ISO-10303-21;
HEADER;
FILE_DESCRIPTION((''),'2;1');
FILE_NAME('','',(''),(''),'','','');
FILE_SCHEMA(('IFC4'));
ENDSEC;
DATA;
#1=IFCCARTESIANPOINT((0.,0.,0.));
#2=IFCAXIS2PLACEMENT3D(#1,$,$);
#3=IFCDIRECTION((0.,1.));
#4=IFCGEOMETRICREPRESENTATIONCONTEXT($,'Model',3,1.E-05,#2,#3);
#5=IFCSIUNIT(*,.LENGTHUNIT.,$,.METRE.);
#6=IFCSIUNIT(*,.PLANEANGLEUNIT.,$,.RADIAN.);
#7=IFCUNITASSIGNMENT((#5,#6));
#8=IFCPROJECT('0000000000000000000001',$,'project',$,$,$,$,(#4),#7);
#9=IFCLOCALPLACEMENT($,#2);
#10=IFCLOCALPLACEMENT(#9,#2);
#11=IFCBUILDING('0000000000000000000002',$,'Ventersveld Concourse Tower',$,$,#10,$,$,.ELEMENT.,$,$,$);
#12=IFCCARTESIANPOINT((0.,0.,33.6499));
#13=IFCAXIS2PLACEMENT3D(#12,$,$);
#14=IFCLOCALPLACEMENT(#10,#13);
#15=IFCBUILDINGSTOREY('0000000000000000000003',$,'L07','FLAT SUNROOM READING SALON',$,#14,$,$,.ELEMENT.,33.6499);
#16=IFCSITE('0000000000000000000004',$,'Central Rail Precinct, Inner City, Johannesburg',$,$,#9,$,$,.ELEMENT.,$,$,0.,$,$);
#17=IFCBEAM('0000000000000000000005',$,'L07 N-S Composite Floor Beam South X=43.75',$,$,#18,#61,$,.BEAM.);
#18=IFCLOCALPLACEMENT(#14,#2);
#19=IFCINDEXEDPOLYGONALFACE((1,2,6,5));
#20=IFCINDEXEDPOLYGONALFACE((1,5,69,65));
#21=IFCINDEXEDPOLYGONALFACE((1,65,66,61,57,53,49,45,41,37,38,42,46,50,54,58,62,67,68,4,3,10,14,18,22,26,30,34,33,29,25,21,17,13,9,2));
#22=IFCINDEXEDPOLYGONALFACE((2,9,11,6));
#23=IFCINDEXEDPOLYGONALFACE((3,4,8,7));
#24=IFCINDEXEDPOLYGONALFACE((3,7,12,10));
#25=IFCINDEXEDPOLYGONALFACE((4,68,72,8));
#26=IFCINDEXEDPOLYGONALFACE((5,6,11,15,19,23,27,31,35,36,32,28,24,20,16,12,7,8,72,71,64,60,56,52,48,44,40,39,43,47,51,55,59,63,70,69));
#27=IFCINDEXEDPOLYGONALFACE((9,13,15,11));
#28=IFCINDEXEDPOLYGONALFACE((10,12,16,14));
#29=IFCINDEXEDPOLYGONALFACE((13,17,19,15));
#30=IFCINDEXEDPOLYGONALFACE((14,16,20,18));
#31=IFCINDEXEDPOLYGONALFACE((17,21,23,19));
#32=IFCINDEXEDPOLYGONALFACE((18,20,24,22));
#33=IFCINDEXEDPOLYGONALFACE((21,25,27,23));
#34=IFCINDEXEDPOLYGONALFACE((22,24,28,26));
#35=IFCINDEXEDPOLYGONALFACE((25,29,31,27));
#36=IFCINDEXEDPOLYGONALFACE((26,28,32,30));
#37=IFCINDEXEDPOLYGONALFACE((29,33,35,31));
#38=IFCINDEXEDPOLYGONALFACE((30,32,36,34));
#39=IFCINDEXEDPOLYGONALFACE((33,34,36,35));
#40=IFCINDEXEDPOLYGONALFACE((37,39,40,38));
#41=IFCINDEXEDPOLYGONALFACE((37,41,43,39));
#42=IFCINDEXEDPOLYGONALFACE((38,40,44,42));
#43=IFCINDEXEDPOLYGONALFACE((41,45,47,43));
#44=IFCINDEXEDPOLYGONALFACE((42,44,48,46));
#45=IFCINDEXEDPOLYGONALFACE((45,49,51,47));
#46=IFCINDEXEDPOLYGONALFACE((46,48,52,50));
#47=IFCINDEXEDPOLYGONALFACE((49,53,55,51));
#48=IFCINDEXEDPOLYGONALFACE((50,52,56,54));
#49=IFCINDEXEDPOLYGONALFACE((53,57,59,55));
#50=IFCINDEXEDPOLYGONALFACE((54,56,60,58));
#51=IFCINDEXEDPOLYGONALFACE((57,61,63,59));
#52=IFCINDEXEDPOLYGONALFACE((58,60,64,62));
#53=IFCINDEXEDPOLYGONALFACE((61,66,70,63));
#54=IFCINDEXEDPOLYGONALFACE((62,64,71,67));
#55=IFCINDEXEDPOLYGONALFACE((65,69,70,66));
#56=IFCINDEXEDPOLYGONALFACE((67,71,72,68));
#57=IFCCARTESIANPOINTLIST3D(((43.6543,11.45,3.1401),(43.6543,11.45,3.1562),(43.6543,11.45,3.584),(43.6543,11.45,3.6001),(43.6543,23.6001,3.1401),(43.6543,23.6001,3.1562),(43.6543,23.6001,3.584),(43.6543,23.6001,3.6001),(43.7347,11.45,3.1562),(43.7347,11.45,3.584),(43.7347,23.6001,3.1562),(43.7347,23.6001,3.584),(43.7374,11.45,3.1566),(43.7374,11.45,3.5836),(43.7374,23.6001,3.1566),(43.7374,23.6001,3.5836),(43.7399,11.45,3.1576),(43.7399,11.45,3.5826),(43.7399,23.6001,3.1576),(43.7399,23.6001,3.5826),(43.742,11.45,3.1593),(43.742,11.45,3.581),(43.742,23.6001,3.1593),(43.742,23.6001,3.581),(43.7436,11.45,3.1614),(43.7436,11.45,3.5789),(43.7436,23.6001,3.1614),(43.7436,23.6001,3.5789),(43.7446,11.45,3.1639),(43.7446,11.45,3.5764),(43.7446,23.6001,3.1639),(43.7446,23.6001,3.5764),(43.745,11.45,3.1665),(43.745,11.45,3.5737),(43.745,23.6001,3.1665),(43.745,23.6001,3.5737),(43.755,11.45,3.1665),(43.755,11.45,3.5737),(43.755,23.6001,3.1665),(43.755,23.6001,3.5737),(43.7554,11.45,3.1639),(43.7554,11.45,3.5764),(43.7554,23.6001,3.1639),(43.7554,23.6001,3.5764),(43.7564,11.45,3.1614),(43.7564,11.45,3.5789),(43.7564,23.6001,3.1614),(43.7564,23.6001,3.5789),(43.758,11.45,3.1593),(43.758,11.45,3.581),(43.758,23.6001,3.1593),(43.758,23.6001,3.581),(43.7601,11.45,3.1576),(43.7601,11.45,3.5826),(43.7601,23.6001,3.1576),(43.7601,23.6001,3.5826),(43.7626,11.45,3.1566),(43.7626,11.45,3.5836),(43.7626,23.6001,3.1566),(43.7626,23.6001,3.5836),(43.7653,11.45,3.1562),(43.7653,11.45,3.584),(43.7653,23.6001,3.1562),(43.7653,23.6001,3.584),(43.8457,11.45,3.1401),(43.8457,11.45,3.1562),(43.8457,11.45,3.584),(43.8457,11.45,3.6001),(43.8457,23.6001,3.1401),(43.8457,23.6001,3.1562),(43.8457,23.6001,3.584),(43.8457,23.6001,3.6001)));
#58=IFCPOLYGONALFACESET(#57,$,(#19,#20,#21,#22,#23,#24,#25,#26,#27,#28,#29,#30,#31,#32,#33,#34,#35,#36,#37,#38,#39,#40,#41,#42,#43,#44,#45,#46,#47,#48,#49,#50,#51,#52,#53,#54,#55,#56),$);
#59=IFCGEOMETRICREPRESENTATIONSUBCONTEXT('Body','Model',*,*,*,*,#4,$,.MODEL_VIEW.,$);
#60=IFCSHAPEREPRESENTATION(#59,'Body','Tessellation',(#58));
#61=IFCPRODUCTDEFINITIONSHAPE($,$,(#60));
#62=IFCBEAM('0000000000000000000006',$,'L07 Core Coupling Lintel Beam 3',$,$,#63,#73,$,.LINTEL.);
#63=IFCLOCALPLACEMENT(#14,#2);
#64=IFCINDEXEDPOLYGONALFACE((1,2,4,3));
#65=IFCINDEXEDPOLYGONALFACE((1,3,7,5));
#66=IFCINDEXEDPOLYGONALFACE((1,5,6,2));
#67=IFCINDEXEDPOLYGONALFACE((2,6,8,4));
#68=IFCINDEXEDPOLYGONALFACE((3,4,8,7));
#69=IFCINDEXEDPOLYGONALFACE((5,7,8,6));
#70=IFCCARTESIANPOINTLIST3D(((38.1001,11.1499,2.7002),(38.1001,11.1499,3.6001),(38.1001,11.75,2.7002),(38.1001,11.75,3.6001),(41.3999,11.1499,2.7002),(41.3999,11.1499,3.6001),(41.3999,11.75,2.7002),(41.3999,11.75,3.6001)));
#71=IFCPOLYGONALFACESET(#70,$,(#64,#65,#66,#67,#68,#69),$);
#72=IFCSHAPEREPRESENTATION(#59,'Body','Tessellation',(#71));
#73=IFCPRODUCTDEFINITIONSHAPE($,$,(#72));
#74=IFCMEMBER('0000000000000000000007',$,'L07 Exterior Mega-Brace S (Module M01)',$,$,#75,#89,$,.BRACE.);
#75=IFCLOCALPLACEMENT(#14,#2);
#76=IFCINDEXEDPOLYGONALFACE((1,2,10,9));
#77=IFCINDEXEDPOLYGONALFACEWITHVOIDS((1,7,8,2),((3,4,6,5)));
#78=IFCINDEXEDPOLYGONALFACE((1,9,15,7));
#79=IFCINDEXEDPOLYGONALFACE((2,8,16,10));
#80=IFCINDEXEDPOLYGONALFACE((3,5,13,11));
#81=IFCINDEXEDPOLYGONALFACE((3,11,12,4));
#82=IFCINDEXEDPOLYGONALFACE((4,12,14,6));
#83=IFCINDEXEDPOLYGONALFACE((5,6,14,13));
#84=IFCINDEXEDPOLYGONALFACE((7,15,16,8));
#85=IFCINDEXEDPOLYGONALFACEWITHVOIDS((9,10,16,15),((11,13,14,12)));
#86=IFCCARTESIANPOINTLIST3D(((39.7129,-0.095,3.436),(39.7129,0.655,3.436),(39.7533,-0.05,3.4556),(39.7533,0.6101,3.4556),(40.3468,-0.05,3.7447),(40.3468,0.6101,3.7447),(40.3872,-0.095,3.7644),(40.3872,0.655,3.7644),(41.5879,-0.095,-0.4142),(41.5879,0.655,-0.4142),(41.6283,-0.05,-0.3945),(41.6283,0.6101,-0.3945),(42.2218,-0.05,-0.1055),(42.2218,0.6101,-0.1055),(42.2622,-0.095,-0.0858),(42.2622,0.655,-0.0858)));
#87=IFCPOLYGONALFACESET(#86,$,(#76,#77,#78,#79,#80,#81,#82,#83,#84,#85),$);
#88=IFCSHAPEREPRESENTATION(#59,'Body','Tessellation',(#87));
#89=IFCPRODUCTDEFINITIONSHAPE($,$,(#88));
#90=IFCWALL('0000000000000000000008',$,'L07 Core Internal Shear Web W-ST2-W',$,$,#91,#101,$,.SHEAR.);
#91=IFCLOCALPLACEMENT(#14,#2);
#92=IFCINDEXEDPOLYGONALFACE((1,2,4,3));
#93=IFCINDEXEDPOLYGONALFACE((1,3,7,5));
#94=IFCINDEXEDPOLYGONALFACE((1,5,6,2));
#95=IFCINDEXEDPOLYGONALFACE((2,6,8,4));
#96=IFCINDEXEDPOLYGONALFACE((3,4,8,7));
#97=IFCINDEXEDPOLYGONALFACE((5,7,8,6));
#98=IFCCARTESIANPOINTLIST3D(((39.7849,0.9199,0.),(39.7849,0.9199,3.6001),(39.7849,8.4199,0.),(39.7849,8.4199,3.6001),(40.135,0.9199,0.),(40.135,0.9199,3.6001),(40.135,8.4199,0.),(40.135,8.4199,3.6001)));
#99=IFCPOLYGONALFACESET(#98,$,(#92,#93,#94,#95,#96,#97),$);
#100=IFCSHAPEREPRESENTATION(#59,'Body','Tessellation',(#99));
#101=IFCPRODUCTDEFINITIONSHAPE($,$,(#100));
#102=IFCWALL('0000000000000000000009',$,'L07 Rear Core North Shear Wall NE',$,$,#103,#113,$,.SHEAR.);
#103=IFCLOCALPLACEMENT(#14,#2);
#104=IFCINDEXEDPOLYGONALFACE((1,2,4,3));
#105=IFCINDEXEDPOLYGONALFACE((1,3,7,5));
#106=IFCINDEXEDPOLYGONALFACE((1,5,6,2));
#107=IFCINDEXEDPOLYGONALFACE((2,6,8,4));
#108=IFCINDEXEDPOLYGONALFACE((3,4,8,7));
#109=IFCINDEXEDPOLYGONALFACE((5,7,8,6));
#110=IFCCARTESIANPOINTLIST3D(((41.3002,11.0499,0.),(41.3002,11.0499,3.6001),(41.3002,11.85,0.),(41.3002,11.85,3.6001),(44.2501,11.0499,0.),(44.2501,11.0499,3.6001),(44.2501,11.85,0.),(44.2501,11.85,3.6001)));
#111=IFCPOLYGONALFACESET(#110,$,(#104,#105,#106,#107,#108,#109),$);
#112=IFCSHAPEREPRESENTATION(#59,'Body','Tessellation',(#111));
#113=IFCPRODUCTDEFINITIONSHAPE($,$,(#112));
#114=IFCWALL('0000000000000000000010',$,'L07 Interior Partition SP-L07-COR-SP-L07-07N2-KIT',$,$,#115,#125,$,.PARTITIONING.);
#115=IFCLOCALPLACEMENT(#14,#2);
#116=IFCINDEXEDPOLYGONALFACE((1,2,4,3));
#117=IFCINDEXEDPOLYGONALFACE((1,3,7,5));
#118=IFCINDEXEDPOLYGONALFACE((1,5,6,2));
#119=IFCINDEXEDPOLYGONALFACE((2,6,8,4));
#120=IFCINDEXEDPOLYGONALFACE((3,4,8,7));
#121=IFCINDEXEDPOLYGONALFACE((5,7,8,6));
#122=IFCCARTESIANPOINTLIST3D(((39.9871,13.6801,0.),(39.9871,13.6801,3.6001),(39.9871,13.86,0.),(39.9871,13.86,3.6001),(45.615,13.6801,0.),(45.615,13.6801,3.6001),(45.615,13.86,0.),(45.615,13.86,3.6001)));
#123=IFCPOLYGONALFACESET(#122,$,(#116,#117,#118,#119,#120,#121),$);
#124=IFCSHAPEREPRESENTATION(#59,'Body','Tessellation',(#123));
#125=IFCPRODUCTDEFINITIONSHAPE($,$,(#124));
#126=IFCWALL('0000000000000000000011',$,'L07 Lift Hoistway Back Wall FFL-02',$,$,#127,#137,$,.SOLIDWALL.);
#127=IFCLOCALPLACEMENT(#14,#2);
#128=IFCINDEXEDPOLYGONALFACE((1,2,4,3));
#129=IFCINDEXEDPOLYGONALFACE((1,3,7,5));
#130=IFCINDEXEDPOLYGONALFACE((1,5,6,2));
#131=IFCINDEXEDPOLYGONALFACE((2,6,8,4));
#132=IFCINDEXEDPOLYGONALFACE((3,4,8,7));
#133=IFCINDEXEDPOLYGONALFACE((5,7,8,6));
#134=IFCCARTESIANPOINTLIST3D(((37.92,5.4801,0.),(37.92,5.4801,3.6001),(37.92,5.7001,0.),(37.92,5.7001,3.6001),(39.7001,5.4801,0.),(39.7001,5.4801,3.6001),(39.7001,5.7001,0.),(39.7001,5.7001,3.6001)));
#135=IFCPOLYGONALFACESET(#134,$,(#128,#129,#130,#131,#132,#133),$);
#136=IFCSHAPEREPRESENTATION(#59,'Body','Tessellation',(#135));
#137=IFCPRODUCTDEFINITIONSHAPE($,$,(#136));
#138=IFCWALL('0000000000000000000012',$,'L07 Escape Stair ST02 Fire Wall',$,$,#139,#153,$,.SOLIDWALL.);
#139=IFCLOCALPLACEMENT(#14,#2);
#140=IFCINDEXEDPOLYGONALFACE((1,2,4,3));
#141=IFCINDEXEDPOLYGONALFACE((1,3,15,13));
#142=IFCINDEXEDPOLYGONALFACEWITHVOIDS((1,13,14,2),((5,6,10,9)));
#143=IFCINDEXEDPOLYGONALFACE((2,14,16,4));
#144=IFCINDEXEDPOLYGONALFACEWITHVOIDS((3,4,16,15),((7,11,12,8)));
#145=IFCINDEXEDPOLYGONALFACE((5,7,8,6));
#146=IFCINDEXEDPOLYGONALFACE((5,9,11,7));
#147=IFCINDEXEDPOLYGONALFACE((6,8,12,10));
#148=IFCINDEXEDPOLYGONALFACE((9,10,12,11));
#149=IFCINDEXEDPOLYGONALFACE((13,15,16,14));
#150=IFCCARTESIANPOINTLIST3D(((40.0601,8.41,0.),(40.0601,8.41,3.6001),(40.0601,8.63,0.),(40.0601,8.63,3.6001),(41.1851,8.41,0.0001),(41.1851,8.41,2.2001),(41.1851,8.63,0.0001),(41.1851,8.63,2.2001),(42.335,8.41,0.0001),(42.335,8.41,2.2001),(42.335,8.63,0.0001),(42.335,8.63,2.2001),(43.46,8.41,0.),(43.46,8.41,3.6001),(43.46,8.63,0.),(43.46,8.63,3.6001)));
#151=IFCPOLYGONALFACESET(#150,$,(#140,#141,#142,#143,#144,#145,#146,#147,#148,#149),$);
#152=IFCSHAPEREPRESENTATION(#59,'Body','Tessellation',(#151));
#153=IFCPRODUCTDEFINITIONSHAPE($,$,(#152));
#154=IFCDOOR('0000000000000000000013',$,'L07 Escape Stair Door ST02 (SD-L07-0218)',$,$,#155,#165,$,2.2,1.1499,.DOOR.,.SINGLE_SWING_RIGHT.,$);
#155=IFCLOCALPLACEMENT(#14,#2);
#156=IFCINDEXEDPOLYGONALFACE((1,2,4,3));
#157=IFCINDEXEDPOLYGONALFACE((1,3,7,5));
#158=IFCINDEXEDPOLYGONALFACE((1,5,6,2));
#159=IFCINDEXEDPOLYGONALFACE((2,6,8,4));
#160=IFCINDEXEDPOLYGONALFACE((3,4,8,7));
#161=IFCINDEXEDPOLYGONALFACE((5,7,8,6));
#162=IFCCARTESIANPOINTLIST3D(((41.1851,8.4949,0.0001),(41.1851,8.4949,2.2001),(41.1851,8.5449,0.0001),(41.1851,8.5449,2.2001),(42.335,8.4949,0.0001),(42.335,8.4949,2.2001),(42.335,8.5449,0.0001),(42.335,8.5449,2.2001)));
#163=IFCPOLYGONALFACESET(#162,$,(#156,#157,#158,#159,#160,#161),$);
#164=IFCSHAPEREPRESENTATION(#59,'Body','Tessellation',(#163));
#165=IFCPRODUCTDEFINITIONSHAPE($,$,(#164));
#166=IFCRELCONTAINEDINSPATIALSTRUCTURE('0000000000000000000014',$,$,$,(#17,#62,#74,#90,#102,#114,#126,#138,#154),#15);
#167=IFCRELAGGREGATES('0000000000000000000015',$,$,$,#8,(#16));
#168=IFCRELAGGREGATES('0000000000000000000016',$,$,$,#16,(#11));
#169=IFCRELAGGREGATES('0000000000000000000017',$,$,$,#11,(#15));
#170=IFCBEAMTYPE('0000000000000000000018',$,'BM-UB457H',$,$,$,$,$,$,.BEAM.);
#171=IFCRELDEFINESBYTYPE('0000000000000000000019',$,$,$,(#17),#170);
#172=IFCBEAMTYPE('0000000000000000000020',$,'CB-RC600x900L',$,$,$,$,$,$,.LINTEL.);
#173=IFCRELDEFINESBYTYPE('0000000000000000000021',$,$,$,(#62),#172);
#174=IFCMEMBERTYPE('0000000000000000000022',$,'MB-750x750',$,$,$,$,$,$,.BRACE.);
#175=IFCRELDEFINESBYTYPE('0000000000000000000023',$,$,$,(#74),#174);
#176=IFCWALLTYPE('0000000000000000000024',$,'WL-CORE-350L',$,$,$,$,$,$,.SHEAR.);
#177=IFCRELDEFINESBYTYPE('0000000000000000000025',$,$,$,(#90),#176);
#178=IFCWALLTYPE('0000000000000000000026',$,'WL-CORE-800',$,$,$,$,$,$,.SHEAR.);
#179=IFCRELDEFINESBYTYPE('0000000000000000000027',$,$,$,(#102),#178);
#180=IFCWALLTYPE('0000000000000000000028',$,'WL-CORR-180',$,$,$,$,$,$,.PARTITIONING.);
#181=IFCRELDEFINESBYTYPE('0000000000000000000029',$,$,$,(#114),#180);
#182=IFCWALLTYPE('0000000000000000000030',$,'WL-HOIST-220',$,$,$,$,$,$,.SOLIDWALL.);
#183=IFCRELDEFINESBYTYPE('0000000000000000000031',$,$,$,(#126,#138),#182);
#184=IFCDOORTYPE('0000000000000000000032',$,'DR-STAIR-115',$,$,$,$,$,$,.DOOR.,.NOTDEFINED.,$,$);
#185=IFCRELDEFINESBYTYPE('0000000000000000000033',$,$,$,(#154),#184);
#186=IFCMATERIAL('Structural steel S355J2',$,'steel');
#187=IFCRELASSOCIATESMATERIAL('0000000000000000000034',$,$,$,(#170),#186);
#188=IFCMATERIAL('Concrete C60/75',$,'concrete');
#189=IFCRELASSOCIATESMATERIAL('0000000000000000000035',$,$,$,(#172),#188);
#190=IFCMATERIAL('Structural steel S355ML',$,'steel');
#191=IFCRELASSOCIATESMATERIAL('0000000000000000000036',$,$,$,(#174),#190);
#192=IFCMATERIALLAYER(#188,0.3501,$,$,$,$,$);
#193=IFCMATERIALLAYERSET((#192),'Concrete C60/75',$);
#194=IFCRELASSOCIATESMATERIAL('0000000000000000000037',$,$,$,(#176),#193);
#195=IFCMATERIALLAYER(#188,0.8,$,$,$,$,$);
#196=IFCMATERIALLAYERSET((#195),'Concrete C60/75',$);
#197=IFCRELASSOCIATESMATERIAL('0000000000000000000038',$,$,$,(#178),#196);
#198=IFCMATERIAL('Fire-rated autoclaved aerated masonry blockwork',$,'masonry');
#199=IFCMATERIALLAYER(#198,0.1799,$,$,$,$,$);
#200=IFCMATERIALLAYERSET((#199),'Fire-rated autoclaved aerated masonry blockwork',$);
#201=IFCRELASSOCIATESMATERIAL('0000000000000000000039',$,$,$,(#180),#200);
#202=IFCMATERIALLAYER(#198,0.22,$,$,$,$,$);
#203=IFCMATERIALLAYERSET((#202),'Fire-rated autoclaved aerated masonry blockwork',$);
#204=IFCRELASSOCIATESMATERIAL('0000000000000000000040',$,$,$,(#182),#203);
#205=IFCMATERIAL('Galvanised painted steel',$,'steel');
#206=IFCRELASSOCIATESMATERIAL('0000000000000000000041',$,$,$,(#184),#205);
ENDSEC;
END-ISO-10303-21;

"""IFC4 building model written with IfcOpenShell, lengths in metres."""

from ifc_helpers import new_model, si_unit, direction, frame, frame_2d, origin, origin_2d, place, context, subcontext, project, spatial, rectangle, hollow_rectangle, i_section, extrude, material, layer, layer_set, material_profile, profile_set, type_object, element, fill, save


model = new_model("IFC4")

# Units and contexts
model_context = context("Model", 3, precision=1e-05, world=origin(), true_north=direction((0.0, 1.0)))
body_context = subcontext(model_context, "Body", "Model", "MODEL_VIEW")
ifc_project = project(units=[si_unit("LENGTHUNIT", "METRE"), si_unit("PLANEANGLEUNIT", "RADIAN")], contexts=[model_context])

# Site, building, storey
site_placement = place(None, origin())
site = spatial("IfcSite", under=ifc_project, at=site_placement, Name="Central Rail Precinct, Inner City, Johannesburg", CompositionType="ELEMENT", RefElevation=0.0)
building_placement = place(site_placement, origin())
building = spatial("IfcBuilding", under=site, at=building_placement, Name="Ventersveld Concourse Tower", CompositionType="ELEMENT")
storey_placement = place(building_placement, frame((0.0, 0.0, 33.6499)))
storey = spatial("IfcBuildingStorey", under=building, at=storey_placement, Name="L07", Description="FLAT SUNROOM READING SALON", CompositionType="ELEMENT", Elevation=33.6499)

# Beams
ifc_material_1 = material(Name="Structural steel S355J2", Category="steel")
ifc_material_profile_1 = material_profile(ifc_material_1, i_section(OverallWidth=0.1914, OverallDepth=0.46, WebThickness=0.01, FlangeThickness=0.0161, FilletRadius=0.0103, at=origin_2d()), Name="UB 457x191x82")
ifc_profile_set_1 = profile_set([ifc_material_profile_1], Name="Structural steel S355J2")
beam_type_1 = type_object("IfcBeamType", Name="BM-UB457H", PredefinedType="BEAM", material=ifc_profile_set_1)
beam_1_placement = place(storey_placement, frame((43.75, 11.45, 3.3701), z_axis=(0.0, 1.0, 0.0), x_axis=(-1.0, 0.0, 0.0)))
element("IfcBeam", 1, at=beam_1_placement, inside=storey, type_object=beam_type_1, Name="L07 N-S Composite Floor Beam South X=43.75", PredefinedType="BEAM", context=body_context, shape_type="SweptSolid", body=[
    extrude(i_section(OverallWidth=0.1914, OverallDepth=0.46, WebThickness=0.01, FlangeThickness=0.0161, FilletRadius=0.0103, at=origin_2d()), origin(), (0.0, 0.0, 1.0), 12.1501),
])
ifc_material_2 = material(Name="Concrete C60/75", Category="concrete")
ifc_material_profile_2 = material_profile(ifc_material_2, rectangle(XDim=0.6001, YDim=0.8999, at=origin_2d()), Name="RC 600x900")
ifc_profile_set_2 = profile_set([ifc_material_profile_2], Name="Concrete C60/75")
beam_type_2 = type_object("IfcBeamType", Name="CB-RC600x900L", PredefinedType="LINTEL", material=ifc_profile_set_2)
beam_2_placement = place(storey_placement, frame((38.1001, 11.45, 3.1501), z_axis=(1.0, 0.0, 0.0), x_axis=(0.0, 1.0, 0.0)))
element("IfcBeam", 2, at=beam_2_placement, inside=storey, type_object=beam_type_2, Name="L07 Core Coupling Lintel Beam 3", PredefinedType="LINTEL", context=body_context, shape_type="SweptSolid", body=[
    extrude(rectangle(XDim=0.6001, YDim=0.8999, at=origin_2d()), origin(), (0.0, 0.0, 1.0), 3.2998),
])

# Member
ifc_material_3 = material(Name="Structural steel S355ML", Category="steel")
ifc_material_profile_3 = material_profile(ifc_material_3, hollow_rectangle(XDim=0.75, YDim=0.75, WallThickness=0.0449, at=origin_2d()), Name="BOX 750x750x45")
ifc_profile_set_3 = profile_set([ifc_material_profile_3], Name="Structural steel S355ML")
member_type = type_object("IfcMemberType", Name="MB-750x750", PredefinedType="BRACE", material=ifc_profile_set_3)
member_placement = place(storey_placement, frame((41.925, 0.28, -0.25), z_axis=(-0.437839, 0.0, 0.899053), x_axis=(0.0, -1.0, 0.0)))
element("IfcMember", 3, at=member_placement, inside=storey, type_object=member_type, Name="L07 Exterior Mega-Brace S (Module M01)", PredefinedType="BRACE", context=body_context, shape_type="SweptSolid", body=[
    extrude(hollow_rectangle(XDim=0.75, YDim=0.75, WallThickness=0.0449, at=origin_2d()), origin(), (0.0, 0.0, 1.0), 4.2825),
])

# Walls
ifc_layer_1 = layer(ifc_material_2, 0.3501)
ifc_layer_set_1 = layer_set([ifc_layer_1], Name="Concrete C60/75")
wall_type_1 = type_object("IfcWallType", Name="WL-CORE-350L", PredefinedType="SHEAR", material=ifc_layer_set_1)
wall_1_placement = place(storey_placement, frame((39.96, 0.9199, 0.0), z_axis=(0.0, 0.0, 1.0), x_axis=(0.0, 1.0, 0.0)))
element("IfcWall", 4, at=wall_1_placement, inside=storey, type_object=wall_type_1, Name="L07 Core Internal Shear Web W-ST2-W", PredefinedType="SHEAR", context=body_context, shape_type="SweptSolid", body=[
    extrude(rectangle(XDim=7.5, YDim=0.3501, at=frame_2d((3.75, 0.0))), origin(), (0.0, 0.0, 1.0), 3.6001),
])
ifc_layer_2 = layer(ifc_material_2, 0.8)
ifc_layer_set_2 = layer_set([ifc_layer_2], Name="Concrete C60/75")
wall_type_2 = type_object("IfcWallType", Name="WL-CORE-800", PredefinedType="SHEAR", material=ifc_layer_set_2)
wall_2_placement = place(storey_placement, frame((41.3, 11.45, 0.0), z_axis=(0.0, 0.0, 1.0), x_axis=(1.0, 0.0, 0.0)))
element("IfcWall", 5, at=wall_2_placement, inside=storey, type_object=wall_type_2, Name="L07 Rear Core North Shear Wall NE", PredefinedType="SHEAR", context=body_context, shape_type="SweptSolid", body=[
    extrude(rectangle(XDim=2.95, YDim=0.8, at=frame_2d((1.4751, 0.0))), origin(), (0.0, 0.0, 1.0), 3.6001),
])
ifc_material_4 = material(Name="Fire-rated autoclaved aerated masonry blockwork", Category="masonry")
ifc_layer_3 = layer(ifc_material_4, 0.1799)
ifc_layer_set_3 = layer_set([ifc_layer_3], Name="Fire-rated autoclaved aerated masonry blockwork")
wall_type_3 = type_object("IfcWallType", Name="WL-CORR-180", PredefinedType="PARTITIONING", material=ifc_layer_set_3)
wall_3_placement = place(storey_placement, frame((39.9871, 13.77, 0.0), z_axis=(0.0, 0.0, 1.0), x_axis=(1.0, 0.0, 0.0)))
element("IfcWall", 6, at=wall_3_placement, inside=storey, type_object=wall_type_3, Name="L07 Interior Partition SP-L07-COR-SP-L07-07N2-KIT", PredefinedType="PARTITIONING", context=body_context, shape_type="SweptSolid", body=[
    extrude(rectangle(XDim=5.6279, YDim=0.1799, at=frame_2d((2.814, 0.0))), origin(), (0.0, 0.0, 1.0), 3.6001),
])
ifc_layer_4 = layer(ifc_material_4, 0.22)
ifc_layer_set_4 = layer_set([ifc_layer_4], Name="Fire-rated autoclaved aerated masonry blockwork")
wall_type_4 = type_object("IfcWallType", Name="WL-HOIST-220", PredefinedType="SOLIDWALL", material=ifc_layer_set_4)
wall_4_placement = place(storey_placement, frame((37.9199, 5.5901, 0.0), z_axis=(0.0, 0.0, 1.0), x_axis=(1.0, 0.0, 0.0)))
element("IfcWall", 7, at=wall_4_placement, inside=storey, type_object=wall_type_4, Name="L07 Lift Hoistway Back Wall FFL-02", PredefinedType="SOLIDWALL", context=body_context, shape_type="SweptSolid", body=[
    extrude(rectangle(XDim=1.78, YDim=0.22, at=frame_2d((0.8901, 0.0))), origin(), (0.0, 0.0, 1.0), 3.6001),
])

# Wall, opening, door
wall_5_placement = place(storey_placement, frame((40.0601, 8.52, 0.0), z_axis=(0.0, 0.0, 1.0), x_axis=(1.0, 0.0, 0.0)))
wall_5 = element("IfcWall", 8, at=wall_5_placement, inside=storey, type_object=wall_type_4, Name="L07 Escape Stair ST02 Fire Wall", PredefinedType="SOLIDWALL", context=body_context, shape_type="SweptSolid", body=[
    extrude(rectangle(XDim=3.3999, YDim=0.22, at=frame_2d((1.7, 0.0))), origin(), (0.0, 0.0, 1.0), 3.6001),
])
opening_1_placement = place(wall_5_placement, frame((1.125, 0.0, 0.0)))
opening_1 = element("IfcOpeningElement", 9, at=opening_1_placement, cuts=wall_5, PredefinedType="OPENING", context=body_context, shape_type="SweptSolid", body=[
    extrude(rectangle(XDim=1.1499, YDim=2.2, at=frame_2d((0.575, 1.1001))), frame((0.0, 0.1201, 0.0), z_axis=(0.0, -1.0, 0.0), x_axis=(1.0, 0.0, 0.0)), (0.0, 0.0, 1.0), 0.24),
])
ifc_material_5 = material(Name="Galvanised painted steel", Category="steel")
door_type_1 = type_object("IfcDoorType", Name="DR-STAIR-115", OperationType="NOTDEFINED", PredefinedType="DOOR", material=ifc_material_5)
door_1_placement = place(opening_1_placement, origin())
door_1 = element("IfcDoor", 10, at=door_1_placement, inside=storey, type_object=door_type_1, Name="L07 Escape Stair Door ST02 (SD-L07-0218)", OperationType="SINGLE_SWING_RIGHT", OverallHeight=2.2, OverallWidth=1.1499, PredefinedType="DOOR", context=body_context, shape_type="SweptSolid", body=[
    extrude(rectangle(XDim=1.1499, YDim=2.2, at=frame_2d((0.575, 1.1001))), frame((0.0, 0.0249, 0.0), z_axis=(0.0, -1.0, 0.0), x_axis=(1.0, 0.0, 0.0)), (0.0, 0.0, 1.0), 0.05),
])
fill(opening_1, door_1)

save(model, "model.ifc")
